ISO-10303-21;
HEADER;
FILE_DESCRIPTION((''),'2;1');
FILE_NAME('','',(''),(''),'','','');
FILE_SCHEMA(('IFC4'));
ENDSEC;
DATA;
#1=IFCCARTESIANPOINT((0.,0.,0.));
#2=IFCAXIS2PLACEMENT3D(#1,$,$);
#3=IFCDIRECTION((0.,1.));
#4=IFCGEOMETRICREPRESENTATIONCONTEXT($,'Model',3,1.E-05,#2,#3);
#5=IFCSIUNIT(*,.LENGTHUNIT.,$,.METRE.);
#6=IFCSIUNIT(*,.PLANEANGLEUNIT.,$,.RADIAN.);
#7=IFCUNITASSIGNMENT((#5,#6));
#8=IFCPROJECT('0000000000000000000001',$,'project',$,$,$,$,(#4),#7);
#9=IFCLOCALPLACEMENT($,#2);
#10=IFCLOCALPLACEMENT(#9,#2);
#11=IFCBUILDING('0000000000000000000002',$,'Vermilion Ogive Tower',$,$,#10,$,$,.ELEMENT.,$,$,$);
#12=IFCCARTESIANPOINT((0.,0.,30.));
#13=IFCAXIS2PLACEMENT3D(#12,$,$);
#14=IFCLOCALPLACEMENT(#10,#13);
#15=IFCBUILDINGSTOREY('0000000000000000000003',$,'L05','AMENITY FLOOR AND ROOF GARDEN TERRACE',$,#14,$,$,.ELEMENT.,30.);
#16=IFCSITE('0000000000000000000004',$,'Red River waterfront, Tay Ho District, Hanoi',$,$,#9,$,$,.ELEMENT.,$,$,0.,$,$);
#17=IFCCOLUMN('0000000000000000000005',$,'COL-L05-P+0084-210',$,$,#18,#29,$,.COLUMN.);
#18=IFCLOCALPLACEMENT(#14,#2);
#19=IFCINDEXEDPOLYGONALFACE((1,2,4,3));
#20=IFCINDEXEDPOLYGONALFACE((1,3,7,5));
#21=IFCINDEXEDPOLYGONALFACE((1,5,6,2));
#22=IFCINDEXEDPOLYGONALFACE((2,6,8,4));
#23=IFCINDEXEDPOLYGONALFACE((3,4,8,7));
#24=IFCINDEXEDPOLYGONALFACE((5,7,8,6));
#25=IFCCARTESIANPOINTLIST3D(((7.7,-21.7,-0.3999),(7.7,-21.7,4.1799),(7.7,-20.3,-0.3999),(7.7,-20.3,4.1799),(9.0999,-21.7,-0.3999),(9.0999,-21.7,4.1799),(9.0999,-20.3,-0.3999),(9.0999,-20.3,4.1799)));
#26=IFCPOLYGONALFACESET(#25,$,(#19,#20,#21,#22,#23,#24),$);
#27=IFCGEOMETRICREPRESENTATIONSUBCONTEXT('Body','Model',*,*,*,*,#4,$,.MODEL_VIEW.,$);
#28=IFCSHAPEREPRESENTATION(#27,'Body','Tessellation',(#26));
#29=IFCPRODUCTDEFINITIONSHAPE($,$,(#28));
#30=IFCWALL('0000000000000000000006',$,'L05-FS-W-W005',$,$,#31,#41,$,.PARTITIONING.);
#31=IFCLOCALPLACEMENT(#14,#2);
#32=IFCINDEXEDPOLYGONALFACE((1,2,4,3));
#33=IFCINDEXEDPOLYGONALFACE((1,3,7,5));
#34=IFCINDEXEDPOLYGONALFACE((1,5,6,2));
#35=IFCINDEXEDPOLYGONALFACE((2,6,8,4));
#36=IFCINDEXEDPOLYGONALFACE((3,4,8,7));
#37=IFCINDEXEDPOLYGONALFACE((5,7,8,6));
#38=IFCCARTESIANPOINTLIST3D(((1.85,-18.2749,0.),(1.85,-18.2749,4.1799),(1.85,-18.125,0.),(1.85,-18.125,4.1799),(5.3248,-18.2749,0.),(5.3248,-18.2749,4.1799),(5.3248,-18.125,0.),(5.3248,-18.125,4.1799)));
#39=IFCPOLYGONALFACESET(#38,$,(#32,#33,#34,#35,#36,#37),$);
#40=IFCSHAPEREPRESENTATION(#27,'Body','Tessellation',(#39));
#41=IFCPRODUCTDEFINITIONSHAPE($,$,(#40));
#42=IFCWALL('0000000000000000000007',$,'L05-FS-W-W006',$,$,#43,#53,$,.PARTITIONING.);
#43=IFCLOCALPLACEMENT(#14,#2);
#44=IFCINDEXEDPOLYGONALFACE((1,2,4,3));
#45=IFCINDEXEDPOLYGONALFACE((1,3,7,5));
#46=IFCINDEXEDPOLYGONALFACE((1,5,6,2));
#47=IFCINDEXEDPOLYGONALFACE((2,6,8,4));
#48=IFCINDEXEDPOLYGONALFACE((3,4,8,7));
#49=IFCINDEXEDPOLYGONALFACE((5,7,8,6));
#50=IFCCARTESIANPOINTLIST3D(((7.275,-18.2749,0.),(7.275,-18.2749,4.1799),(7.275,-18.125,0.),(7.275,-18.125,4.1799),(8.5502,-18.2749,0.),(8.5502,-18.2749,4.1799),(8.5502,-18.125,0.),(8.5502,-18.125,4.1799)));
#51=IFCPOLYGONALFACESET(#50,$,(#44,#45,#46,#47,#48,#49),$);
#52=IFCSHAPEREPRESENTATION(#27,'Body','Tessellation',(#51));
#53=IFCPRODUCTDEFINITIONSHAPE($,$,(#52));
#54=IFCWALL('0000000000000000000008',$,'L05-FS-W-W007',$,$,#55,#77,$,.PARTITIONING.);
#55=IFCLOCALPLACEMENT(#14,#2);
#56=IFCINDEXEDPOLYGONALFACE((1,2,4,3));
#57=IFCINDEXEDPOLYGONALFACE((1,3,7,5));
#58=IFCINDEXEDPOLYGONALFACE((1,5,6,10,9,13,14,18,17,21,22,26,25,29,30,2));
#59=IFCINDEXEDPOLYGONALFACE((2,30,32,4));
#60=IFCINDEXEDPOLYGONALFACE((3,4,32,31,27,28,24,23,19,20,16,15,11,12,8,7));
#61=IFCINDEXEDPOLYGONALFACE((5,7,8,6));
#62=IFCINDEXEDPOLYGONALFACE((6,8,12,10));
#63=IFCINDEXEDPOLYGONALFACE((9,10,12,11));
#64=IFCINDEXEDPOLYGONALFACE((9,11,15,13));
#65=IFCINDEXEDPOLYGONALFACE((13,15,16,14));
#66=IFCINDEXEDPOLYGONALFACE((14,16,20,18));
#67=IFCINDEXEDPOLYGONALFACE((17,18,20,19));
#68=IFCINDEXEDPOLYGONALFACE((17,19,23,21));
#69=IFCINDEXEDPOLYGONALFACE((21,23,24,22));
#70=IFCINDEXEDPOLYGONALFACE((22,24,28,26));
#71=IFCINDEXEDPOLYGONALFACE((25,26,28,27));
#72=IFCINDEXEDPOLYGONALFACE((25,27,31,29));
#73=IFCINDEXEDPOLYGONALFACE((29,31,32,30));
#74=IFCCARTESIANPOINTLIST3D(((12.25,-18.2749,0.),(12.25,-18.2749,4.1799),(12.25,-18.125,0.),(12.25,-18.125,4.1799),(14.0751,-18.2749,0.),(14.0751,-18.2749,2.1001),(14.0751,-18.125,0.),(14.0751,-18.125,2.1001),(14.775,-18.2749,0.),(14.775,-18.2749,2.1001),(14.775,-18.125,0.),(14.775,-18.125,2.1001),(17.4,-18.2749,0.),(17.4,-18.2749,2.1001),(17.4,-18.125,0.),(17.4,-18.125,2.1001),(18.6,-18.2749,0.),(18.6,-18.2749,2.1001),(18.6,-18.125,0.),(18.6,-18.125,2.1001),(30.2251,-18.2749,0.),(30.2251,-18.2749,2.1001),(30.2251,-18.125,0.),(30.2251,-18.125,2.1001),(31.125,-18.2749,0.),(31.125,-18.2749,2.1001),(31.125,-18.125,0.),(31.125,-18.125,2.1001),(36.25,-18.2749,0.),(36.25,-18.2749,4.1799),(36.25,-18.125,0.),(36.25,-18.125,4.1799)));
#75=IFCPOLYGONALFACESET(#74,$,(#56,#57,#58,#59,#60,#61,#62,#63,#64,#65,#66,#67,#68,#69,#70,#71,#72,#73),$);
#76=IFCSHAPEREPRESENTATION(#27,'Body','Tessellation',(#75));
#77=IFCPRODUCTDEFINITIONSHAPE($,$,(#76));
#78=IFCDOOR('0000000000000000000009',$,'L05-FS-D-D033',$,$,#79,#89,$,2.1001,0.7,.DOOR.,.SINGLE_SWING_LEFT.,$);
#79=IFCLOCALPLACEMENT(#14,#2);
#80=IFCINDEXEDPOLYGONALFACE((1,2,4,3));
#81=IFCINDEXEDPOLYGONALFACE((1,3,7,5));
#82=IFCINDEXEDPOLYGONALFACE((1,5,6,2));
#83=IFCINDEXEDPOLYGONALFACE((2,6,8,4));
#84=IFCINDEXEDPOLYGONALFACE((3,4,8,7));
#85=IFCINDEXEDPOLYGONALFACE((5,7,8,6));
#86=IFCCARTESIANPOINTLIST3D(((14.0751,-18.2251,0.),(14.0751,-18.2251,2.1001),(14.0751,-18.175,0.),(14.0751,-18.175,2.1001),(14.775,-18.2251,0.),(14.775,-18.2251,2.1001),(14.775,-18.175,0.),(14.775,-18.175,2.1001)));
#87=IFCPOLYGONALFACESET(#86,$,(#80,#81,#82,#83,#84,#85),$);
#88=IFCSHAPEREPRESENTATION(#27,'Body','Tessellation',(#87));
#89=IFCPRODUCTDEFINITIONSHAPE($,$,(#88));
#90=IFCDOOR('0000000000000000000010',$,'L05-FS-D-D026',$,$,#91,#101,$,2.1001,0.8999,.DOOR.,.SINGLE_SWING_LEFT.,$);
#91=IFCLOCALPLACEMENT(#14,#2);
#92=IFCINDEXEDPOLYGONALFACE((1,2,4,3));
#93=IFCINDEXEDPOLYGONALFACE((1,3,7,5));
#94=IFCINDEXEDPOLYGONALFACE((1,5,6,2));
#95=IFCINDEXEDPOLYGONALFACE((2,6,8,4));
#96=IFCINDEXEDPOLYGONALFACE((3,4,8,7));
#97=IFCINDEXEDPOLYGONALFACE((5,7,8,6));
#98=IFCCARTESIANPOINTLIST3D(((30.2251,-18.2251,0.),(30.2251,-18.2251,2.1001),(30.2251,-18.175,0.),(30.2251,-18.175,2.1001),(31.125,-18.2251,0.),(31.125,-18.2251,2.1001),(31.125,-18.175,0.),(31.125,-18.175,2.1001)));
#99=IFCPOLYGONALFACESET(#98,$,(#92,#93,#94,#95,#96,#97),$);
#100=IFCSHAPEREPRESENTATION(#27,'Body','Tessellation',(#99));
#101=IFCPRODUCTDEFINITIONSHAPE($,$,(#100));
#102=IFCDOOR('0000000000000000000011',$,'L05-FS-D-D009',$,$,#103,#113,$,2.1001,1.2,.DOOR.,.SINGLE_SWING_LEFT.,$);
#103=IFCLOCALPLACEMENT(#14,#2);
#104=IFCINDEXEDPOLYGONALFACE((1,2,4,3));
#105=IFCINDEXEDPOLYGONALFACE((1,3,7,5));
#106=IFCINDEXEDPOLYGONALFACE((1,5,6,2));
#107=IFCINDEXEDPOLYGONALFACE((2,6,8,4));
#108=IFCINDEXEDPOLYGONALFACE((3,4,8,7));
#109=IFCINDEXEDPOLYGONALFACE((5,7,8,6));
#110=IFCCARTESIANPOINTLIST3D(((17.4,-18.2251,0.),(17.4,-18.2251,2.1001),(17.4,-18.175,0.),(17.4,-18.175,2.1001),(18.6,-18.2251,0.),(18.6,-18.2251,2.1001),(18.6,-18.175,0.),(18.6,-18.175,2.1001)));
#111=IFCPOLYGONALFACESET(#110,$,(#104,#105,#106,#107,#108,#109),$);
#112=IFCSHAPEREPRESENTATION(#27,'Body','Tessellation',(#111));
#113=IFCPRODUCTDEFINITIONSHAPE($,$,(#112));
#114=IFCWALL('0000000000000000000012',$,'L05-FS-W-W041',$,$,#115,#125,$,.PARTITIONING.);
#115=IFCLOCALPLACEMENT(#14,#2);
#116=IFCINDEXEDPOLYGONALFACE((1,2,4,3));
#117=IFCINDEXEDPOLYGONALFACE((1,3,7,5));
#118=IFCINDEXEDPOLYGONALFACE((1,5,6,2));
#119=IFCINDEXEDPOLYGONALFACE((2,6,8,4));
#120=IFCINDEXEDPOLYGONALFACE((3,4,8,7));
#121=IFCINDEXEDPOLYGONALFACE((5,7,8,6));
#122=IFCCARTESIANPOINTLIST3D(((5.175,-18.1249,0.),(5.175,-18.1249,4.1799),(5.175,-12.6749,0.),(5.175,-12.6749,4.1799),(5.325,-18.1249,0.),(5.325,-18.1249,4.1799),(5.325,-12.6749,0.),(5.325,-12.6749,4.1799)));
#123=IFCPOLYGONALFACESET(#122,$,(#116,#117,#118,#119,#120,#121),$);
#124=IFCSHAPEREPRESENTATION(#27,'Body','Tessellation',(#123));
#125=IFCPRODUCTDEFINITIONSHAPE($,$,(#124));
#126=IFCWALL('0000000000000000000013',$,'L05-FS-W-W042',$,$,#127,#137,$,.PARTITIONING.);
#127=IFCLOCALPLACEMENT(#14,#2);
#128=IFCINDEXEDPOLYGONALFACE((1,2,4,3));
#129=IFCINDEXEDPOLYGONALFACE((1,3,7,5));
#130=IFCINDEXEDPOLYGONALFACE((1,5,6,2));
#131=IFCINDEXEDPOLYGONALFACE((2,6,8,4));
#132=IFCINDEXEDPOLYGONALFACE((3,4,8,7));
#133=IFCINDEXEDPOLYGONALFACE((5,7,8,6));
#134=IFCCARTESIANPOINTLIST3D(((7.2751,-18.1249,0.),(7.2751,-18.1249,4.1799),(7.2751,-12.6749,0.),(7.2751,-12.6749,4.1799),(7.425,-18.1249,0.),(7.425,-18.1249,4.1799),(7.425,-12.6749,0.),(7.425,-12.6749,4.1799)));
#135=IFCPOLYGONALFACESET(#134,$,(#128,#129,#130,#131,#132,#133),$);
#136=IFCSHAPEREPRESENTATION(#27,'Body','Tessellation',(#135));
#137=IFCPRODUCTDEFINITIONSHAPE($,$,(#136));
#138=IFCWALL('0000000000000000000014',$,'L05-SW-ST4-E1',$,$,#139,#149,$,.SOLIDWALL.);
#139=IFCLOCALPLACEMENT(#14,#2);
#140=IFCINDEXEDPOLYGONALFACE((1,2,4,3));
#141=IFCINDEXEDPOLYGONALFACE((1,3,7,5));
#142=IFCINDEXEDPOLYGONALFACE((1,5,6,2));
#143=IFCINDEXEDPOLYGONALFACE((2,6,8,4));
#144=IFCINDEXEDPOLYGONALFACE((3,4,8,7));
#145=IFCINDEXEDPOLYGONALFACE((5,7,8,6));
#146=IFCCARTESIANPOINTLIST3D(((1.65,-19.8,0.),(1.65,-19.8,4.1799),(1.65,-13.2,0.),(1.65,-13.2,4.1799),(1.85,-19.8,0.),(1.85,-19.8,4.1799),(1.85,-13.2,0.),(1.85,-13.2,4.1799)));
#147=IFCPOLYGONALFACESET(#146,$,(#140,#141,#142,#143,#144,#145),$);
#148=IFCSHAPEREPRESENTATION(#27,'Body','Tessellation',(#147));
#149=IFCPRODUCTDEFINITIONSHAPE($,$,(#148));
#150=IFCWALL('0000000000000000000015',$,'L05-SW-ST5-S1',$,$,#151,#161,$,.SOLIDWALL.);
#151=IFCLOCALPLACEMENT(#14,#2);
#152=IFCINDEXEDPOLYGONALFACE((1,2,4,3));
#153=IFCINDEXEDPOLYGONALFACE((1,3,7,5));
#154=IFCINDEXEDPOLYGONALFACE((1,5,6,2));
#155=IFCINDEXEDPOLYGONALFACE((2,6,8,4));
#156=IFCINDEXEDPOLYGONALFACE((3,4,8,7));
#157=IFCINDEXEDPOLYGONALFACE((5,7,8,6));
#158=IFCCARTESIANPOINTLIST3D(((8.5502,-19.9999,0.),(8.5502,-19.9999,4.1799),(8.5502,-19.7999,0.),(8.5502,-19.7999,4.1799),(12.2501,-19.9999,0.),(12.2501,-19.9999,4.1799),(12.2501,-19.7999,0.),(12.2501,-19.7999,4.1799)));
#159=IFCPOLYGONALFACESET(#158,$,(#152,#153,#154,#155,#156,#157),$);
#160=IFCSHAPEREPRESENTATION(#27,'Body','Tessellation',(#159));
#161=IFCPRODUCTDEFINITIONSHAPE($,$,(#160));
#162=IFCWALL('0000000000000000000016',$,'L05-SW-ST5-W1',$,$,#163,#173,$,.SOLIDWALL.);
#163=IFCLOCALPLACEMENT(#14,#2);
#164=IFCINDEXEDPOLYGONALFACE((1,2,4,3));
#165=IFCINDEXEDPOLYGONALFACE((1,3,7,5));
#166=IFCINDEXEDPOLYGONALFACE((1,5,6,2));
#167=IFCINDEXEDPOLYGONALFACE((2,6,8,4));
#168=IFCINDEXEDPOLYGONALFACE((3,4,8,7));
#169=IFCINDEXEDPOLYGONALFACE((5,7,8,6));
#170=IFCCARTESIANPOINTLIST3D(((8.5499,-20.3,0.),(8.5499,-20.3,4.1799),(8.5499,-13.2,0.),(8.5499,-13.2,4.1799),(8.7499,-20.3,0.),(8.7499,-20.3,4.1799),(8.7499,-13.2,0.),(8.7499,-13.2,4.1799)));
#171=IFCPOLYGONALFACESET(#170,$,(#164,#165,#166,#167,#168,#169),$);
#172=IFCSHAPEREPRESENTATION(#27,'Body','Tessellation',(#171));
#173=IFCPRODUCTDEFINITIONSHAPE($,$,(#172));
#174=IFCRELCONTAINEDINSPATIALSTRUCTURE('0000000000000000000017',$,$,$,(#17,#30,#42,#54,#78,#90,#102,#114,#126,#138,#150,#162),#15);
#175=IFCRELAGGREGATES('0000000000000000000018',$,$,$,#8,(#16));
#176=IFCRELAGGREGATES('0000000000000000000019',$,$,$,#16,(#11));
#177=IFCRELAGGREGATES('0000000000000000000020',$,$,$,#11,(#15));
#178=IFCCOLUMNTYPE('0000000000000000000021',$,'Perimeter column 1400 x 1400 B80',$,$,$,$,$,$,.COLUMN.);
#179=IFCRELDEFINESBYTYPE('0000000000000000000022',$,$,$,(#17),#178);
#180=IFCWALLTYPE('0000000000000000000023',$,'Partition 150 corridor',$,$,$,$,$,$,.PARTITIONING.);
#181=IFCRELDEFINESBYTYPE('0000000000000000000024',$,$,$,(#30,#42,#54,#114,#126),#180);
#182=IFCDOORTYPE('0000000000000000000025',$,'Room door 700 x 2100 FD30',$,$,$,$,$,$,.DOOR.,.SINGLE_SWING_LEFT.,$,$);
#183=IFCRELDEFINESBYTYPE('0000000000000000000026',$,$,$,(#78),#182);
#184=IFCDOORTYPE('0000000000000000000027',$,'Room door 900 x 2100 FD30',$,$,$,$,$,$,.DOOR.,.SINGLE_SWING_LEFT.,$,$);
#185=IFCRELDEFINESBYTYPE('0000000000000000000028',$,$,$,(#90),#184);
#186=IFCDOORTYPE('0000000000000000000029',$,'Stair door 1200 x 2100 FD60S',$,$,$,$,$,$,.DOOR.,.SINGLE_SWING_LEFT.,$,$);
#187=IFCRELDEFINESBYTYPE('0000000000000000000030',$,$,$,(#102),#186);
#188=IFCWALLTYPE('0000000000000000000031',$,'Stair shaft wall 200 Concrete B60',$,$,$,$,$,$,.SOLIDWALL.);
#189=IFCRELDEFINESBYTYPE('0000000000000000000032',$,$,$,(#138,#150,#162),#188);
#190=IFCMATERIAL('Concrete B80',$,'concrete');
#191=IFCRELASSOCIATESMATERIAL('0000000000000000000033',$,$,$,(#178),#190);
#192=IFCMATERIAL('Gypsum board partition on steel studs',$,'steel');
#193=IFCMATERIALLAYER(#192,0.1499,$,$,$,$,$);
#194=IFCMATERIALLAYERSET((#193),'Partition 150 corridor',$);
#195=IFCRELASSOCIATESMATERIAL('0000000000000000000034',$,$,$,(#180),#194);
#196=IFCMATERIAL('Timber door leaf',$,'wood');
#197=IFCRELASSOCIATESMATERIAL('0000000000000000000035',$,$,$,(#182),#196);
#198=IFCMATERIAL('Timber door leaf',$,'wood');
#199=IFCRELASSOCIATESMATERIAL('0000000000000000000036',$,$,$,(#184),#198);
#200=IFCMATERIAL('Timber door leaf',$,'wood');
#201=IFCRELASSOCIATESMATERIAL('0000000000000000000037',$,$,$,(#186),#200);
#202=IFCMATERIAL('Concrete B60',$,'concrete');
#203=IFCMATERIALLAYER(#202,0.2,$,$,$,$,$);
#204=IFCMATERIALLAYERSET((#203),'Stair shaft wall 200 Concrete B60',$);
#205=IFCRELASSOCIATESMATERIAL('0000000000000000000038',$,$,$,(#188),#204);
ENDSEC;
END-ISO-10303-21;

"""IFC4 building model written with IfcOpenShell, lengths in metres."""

from ifc_helpers import new_model, si_unit, direction, frame, frame_2d, origin, origin_2d, place, context, subcontext, project, spatial, rectangle, extrude, material, layer, layer_set, material_profile, profile_set, type_object, element, fill, save


model = new_model("IFC4")

# Units and contexts
model_context = context("Model", 3, precision=1e-05, world=origin(), true_north=direction((0.0, 1.0)))
body_context = subcontext(model_context, "Body", "Model", "MODEL_VIEW")
ifc_project = project(units=[si_unit("LENGTHUNIT", "METRE"), si_unit("PLANEANGLEUNIT", "RADIAN")], contexts=[model_context])

# Site, building, storey
site_placement = place(None, origin())
site = spatial("IfcSite", under=ifc_project, at=site_placement, Name="Red River waterfront, Tay Ho District, Hanoi", CompositionType="ELEMENT", RefElevation=0.0)
building_placement = place(site_placement, origin())
building = spatial("IfcBuilding", under=site, at=building_placement, Name="Vermilion Ogive Tower", CompositionType="ELEMENT")
storey_placement = place(building_placement, frame((0.0, 0.0, 30.0)))
storey = spatial("IfcBuildingStorey", under=building, at=storey_placement, Name="L05", Description="AMENITY FLOOR AND ROOF GARDEN TERRACE", CompositionType="ELEMENT", Elevation=30.0)

# Column
ifc_material_1 = material(Name="Concrete B80", Category="concrete")
ifc_material_profile = material_profile(ifc_material_1, rectangle(XDim=1.3999, YDim=1.3999, at=origin_2d()), Name="1400 x 1400")
ifc_profile_set = profile_set([ifc_material_profile], Name="Concrete B80")
column_type = type_object("IfcColumnType", Name="Perimeter column 1400 x 1400 B80", PredefinedType="COLUMN", material=ifc_profile_set)
column_placement = place(storey_placement, frame((8.3999, -21.0, -0.3999), z_axis=(0.0, 0.0, 1.0), x_axis=(1.0, 0.0, 0.0)))
element("IfcColumn", 1, at=column_placement, inside=storey, type_object=column_type, Name="COL-L05-P+0084-210", PredefinedType="COLUMN", context=body_context, shape_type="SweptSolid", body=[
    extrude(rectangle(XDim=1.3999, YDim=1.3999, at=origin_2d()), origin(), (0.0, 0.0, 1.0), 4.5798),
])

# Walls
ifc_material_2 = material(Name="Gypsum board partition on steel studs", Category="steel")
ifc_layer_1 = layer(ifc_material_2, 0.1499)
ifc_layer_set_1 = layer_set([ifc_layer_1], Name="Partition 150 corridor")
wall_type_1 = type_object("IfcWallType", Name="Partition 150 corridor", PredefinedType="PARTITIONING", material=ifc_layer_set_1)
wall_1_placement = place(storey_placement, frame((1.8501, -18.2, 0.0), z_axis=(0.0, 0.0, 1.0), x_axis=(1.0, 0.0, 0.0)))
element("IfcWall", 2, at=wall_1_placement, inside=storey, type_object=wall_type_1, Name="L05-FS-W-W005", PredefinedType="PARTITIONING", context=body_context, shape_type="SweptSolid", body=[
    extrude(rectangle(XDim=3.4749, YDim=0.1499, at=frame_2d((1.7373, 0.0))), origin(), (0.0, 0.0, 1.0), 4.1799),
])
wall_2_placement = place(storey_placement, frame((7.2749, -18.2, 0.0), z_axis=(0.0, 0.0, 1.0), x_axis=(1.0, 0.0, 0.0)))
element("IfcWall", 3, at=wall_2_placement, inside=storey, type_object=wall_type_1, Name="L05-FS-W-W006", PredefinedType="PARTITIONING", context=body_context, shape_type="SweptSolid", body=[
    extrude(rectangle(XDim=1.2751, YDim=0.1499, at=frame_2d((0.6377, 0.0))), origin(), (0.0, 0.0, 1.0), 4.1799),
])

# Wall, openings, doors
wall_3_placement = place(storey_placement, frame((12.25, -18.2, 0.0), z_axis=(0.0, 0.0, 1.0), x_axis=(1.0, 0.0, 0.0)))
wall_3 = element("IfcWall", 4, at=wall_3_placement, inside=storey, type_object=wall_type_1, Name="L05-FS-W-W007", PredefinedType="PARTITIONING", context=body_context, shape_type="SweptSolid", body=[
    extrude(rectangle(XDim=24.0, YDim=0.1499, at=frame_2d((12.0, 0.0))), origin(), (0.0, 0.0, 1.0), 4.1799),
])
opening_1_placement = place(wall_3_placement, frame((5.1499, 0.0, 0.0)))
opening_1 = element("IfcOpeningElement", 5, at=opening_1_placement, cuts=wall_3, PredefinedType="OPENING", context=body_context, shape_type="SweptSolid", body=[
    extrude(rectangle(XDim=1.2, YDim=2.1001, at=frame_2d((0.6001, 1.05))), frame((0.0, 0.085, 0.0), z_axis=(0.0, -1.0, 0.0), x_axis=(1.0, 0.0, 0.0)), (0.0, 0.0, 1.0), 0.1699),
])
opening_2_placement = place(wall_3_placement, frame((17.9751, 0.0, 0.0)))
opening_2 = element("IfcOpeningElement", 6, at=opening_2_placement, cuts=wall_3, PredefinedType="OPENING", context=body_context, shape_type="SweptSolid", body=[
    extrude(rectangle(XDim=0.8999, YDim=2.1001, at=frame_2d((0.45, 1.05))), frame((0.0, 0.085, 0.0), z_axis=(0.0, -1.0, 0.0), x_axis=(1.0, 0.0, 0.0)), (0.0, 0.0, 1.0), 0.1699),
])
opening_3_placement = place(wall_3_placement, frame((1.825, 0.0, 0.0)))
opening_3 = element("IfcOpeningElement", 7, at=opening_3_placement, cuts=wall_3, PredefinedType="OPENING", context=body_context, shape_type="SweptSolid", body=[
    extrude(rectangle(XDim=0.7, YDim=2.1001, at=frame_2d((0.3501, 1.05))), frame((0.0, 0.085, 0.0), z_axis=(0.0, -1.0, 0.0), x_axis=(1.0, 0.0, 0.0)), (0.0, 0.0, 1.0), 0.1699),
])
ifc_material_3 = material(Name="Timber door leaf", Category="wood")
door_type_1 = type_object("IfcDoorType", Name="Room door 700 x 2100 FD30", OperationType="SINGLE_SWING_LEFT", PredefinedType="DOOR", material=ifc_material_3)
door_1_placement = place(opening_3_placement, origin())
door_1 = element("IfcDoor", 8, at=door_1_placement, inside=storey, type_object=door_type_1, Name="L05-FS-D-D033", OperationType="SINGLE_SWING_LEFT", OverallHeight=2.1001, OverallWidth=0.7, PredefinedType="DOOR", context=body_context, shape_type="SweptSolid", body=[
    extrude(rectangle(XDim=0.7, YDim=2.1001, at=frame_2d((0.3501, 1.05))), frame((0.0, 0.0249, 0.0), z_axis=(0.0, -1.0, 0.0), x_axis=(1.0, 0.0, 0.0)), (0.0, 0.0, 1.0), 0.05),
])
fill(opening_3, door_1)
ifc_material_4 = material(Name="Timber door leaf", Category="wood")
door_type_2 = type_object("IfcDoorType", Name="Room door 900 x 2100 FD30", OperationType="SINGLE_SWING_LEFT", PredefinedType="DOOR", material=ifc_material_4)
door_2_placement = place(opening_2_placement, origin())
door_2 = element("IfcDoor", 9, at=door_2_placement, inside=storey, type_object=door_type_2, Name="L05-FS-D-D026", OperationType="SINGLE_SWING_LEFT", OverallHeight=2.1001, OverallWidth=0.8999, PredefinedType="DOOR", context=body_context, shape_type="SweptSolid", body=[
    extrude(rectangle(XDim=0.8999, YDim=2.1001, at=frame_2d((0.45, 1.05))), frame((0.0, 0.0249, 0.0), z_axis=(0.0, -1.0, 0.0), x_axis=(1.0, 0.0, 0.0)), (0.0, 0.0, 1.0), 0.05),
])
fill(opening_2, door_2)
ifc_material_5 = material(Name="Timber door leaf", Category="wood")
door_type_3 = type_object("IfcDoorType", Name="Stair door 1200 x 2100 FD60S", OperationType="SINGLE_SWING_LEFT", PredefinedType="DOOR", material=ifc_material_5)
door_3_placement = place(opening_1_placement, origin())
door_3 = element("IfcDoor", 10, at=door_3_placement, inside=storey, type_object=door_type_3, Name="L05-FS-D-D009", OperationType="SINGLE_SWING_LEFT", OverallHeight=2.1001, OverallWidth=1.2, PredefinedType="DOOR", context=body_context, shape_type="SweptSolid", body=[
    extrude(rectangle(XDim=1.2, YDim=2.1001, at=frame_2d((0.6001, 1.05))), frame((0.0, 0.0249, 0.0), z_axis=(0.0, -1.0, 0.0), x_axis=(1.0, 0.0, 0.0)), (0.0, 0.0, 1.0), 0.05),
])
fill(opening_1, door_3)

# Walls
for number, where, z_axis, x_axis, name in (
    (11, (5.25, -18.125, 0.0), (0.0, 0.0, 1.0), (0.0, 1.0, 0.0), "L05-FS-W-W041"),
    (12, (7.3501, -18.125, 0.0), (0.0, 0.0, 1.0), (0.0, 1.0, 0.0), "L05-FS-W-W042"),
):
    element("IfcWall", number, at=place(storey_placement, frame(where, z_axis=z_axis, x_axis=x_axis)), inside=storey, type_object=wall_type_1, Name=name, PredefinedType="PARTITIONING", context=body_context, shape_type="SweptSolid", body=[
        extrude(rectangle(XDim=5.45, YDim=0.1499, at=frame_2d((2.7251, 0.0))), origin(), (0.0, 0.0, 1.0), 4.1799),
    ])
ifc_material_6 = material(Name="Concrete B60", Category="concrete")
ifc_layer_2 = layer(ifc_material_6, 0.2)
ifc_layer_set_2 = layer_set([ifc_layer_2], Name="Stair shaft wall 200 Concrete B60")
wall_type_2 = type_object("IfcWallType", Name="Stair shaft wall 200 Concrete B60", PredefinedType="SOLIDWALL", material=ifc_layer_set_2)
wall_4_placement = place(storey_placement, frame((1.75, -19.8, 0.0), z_axis=(0.0, 0.0, 1.0), x_axis=(0.0, 1.0, 0.0)))
element("IfcWall", 13, at=wall_4_placement, inside=storey, type_object=wall_type_2, Name="L05-SW-ST4-E1", PredefinedType="SOLIDWALL", context=body_context, shape_type="SweptSolid", body=[
    extrude(rectangle(XDim=6.6001, YDim=0.2, at=frame_2d((3.3, 0.0))), origin(), (0.0, 0.0, 1.0), 4.1799),
])
wall_5_placement = place(storey_placement, frame((8.55, -19.8999, 0.0), z_axis=(0.0, 0.0, 1.0), x_axis=(1.0, 0.0, 0.0)))
element("IfcWall", 14, at=wall_5_placement, inside=storey, type_object=wall_type_2, Name="L05-SW-ST5-S1", PredefinedType="SOLIDWALL", context=body_context, shape_type="SweptSolid", body=[
    extrude(rectangle(XDim=3.7, YDim=0.2, at=frame_2d((1.8501, 0.0))), origin(), (0.0, 0.0, 1.0), 4.1799),
])
wall_6_placement = place(storey_placement, frame((8.6499, -20.3, 0.0), z_axis=(0.0, 0.0, 1.0), x_axis=(0.0, 1.0, 0.0)))
element("IfcWall", 15, at=wall_6_placement, inside=storey, type_object=wall_type_2, Name="L05-SW-ST5-W1", PredefinedType="SOLIDWALL", context=body_context, shape_type="SweptSolid", body=[
    extrude(rectangle(XDim=7.1001, YDim=0.2, at=frame_2d((3.55, 0.0))), origin(), (0.0, 0.0, 1.0), 4.1799),
])

save(model, "model.ifc")
